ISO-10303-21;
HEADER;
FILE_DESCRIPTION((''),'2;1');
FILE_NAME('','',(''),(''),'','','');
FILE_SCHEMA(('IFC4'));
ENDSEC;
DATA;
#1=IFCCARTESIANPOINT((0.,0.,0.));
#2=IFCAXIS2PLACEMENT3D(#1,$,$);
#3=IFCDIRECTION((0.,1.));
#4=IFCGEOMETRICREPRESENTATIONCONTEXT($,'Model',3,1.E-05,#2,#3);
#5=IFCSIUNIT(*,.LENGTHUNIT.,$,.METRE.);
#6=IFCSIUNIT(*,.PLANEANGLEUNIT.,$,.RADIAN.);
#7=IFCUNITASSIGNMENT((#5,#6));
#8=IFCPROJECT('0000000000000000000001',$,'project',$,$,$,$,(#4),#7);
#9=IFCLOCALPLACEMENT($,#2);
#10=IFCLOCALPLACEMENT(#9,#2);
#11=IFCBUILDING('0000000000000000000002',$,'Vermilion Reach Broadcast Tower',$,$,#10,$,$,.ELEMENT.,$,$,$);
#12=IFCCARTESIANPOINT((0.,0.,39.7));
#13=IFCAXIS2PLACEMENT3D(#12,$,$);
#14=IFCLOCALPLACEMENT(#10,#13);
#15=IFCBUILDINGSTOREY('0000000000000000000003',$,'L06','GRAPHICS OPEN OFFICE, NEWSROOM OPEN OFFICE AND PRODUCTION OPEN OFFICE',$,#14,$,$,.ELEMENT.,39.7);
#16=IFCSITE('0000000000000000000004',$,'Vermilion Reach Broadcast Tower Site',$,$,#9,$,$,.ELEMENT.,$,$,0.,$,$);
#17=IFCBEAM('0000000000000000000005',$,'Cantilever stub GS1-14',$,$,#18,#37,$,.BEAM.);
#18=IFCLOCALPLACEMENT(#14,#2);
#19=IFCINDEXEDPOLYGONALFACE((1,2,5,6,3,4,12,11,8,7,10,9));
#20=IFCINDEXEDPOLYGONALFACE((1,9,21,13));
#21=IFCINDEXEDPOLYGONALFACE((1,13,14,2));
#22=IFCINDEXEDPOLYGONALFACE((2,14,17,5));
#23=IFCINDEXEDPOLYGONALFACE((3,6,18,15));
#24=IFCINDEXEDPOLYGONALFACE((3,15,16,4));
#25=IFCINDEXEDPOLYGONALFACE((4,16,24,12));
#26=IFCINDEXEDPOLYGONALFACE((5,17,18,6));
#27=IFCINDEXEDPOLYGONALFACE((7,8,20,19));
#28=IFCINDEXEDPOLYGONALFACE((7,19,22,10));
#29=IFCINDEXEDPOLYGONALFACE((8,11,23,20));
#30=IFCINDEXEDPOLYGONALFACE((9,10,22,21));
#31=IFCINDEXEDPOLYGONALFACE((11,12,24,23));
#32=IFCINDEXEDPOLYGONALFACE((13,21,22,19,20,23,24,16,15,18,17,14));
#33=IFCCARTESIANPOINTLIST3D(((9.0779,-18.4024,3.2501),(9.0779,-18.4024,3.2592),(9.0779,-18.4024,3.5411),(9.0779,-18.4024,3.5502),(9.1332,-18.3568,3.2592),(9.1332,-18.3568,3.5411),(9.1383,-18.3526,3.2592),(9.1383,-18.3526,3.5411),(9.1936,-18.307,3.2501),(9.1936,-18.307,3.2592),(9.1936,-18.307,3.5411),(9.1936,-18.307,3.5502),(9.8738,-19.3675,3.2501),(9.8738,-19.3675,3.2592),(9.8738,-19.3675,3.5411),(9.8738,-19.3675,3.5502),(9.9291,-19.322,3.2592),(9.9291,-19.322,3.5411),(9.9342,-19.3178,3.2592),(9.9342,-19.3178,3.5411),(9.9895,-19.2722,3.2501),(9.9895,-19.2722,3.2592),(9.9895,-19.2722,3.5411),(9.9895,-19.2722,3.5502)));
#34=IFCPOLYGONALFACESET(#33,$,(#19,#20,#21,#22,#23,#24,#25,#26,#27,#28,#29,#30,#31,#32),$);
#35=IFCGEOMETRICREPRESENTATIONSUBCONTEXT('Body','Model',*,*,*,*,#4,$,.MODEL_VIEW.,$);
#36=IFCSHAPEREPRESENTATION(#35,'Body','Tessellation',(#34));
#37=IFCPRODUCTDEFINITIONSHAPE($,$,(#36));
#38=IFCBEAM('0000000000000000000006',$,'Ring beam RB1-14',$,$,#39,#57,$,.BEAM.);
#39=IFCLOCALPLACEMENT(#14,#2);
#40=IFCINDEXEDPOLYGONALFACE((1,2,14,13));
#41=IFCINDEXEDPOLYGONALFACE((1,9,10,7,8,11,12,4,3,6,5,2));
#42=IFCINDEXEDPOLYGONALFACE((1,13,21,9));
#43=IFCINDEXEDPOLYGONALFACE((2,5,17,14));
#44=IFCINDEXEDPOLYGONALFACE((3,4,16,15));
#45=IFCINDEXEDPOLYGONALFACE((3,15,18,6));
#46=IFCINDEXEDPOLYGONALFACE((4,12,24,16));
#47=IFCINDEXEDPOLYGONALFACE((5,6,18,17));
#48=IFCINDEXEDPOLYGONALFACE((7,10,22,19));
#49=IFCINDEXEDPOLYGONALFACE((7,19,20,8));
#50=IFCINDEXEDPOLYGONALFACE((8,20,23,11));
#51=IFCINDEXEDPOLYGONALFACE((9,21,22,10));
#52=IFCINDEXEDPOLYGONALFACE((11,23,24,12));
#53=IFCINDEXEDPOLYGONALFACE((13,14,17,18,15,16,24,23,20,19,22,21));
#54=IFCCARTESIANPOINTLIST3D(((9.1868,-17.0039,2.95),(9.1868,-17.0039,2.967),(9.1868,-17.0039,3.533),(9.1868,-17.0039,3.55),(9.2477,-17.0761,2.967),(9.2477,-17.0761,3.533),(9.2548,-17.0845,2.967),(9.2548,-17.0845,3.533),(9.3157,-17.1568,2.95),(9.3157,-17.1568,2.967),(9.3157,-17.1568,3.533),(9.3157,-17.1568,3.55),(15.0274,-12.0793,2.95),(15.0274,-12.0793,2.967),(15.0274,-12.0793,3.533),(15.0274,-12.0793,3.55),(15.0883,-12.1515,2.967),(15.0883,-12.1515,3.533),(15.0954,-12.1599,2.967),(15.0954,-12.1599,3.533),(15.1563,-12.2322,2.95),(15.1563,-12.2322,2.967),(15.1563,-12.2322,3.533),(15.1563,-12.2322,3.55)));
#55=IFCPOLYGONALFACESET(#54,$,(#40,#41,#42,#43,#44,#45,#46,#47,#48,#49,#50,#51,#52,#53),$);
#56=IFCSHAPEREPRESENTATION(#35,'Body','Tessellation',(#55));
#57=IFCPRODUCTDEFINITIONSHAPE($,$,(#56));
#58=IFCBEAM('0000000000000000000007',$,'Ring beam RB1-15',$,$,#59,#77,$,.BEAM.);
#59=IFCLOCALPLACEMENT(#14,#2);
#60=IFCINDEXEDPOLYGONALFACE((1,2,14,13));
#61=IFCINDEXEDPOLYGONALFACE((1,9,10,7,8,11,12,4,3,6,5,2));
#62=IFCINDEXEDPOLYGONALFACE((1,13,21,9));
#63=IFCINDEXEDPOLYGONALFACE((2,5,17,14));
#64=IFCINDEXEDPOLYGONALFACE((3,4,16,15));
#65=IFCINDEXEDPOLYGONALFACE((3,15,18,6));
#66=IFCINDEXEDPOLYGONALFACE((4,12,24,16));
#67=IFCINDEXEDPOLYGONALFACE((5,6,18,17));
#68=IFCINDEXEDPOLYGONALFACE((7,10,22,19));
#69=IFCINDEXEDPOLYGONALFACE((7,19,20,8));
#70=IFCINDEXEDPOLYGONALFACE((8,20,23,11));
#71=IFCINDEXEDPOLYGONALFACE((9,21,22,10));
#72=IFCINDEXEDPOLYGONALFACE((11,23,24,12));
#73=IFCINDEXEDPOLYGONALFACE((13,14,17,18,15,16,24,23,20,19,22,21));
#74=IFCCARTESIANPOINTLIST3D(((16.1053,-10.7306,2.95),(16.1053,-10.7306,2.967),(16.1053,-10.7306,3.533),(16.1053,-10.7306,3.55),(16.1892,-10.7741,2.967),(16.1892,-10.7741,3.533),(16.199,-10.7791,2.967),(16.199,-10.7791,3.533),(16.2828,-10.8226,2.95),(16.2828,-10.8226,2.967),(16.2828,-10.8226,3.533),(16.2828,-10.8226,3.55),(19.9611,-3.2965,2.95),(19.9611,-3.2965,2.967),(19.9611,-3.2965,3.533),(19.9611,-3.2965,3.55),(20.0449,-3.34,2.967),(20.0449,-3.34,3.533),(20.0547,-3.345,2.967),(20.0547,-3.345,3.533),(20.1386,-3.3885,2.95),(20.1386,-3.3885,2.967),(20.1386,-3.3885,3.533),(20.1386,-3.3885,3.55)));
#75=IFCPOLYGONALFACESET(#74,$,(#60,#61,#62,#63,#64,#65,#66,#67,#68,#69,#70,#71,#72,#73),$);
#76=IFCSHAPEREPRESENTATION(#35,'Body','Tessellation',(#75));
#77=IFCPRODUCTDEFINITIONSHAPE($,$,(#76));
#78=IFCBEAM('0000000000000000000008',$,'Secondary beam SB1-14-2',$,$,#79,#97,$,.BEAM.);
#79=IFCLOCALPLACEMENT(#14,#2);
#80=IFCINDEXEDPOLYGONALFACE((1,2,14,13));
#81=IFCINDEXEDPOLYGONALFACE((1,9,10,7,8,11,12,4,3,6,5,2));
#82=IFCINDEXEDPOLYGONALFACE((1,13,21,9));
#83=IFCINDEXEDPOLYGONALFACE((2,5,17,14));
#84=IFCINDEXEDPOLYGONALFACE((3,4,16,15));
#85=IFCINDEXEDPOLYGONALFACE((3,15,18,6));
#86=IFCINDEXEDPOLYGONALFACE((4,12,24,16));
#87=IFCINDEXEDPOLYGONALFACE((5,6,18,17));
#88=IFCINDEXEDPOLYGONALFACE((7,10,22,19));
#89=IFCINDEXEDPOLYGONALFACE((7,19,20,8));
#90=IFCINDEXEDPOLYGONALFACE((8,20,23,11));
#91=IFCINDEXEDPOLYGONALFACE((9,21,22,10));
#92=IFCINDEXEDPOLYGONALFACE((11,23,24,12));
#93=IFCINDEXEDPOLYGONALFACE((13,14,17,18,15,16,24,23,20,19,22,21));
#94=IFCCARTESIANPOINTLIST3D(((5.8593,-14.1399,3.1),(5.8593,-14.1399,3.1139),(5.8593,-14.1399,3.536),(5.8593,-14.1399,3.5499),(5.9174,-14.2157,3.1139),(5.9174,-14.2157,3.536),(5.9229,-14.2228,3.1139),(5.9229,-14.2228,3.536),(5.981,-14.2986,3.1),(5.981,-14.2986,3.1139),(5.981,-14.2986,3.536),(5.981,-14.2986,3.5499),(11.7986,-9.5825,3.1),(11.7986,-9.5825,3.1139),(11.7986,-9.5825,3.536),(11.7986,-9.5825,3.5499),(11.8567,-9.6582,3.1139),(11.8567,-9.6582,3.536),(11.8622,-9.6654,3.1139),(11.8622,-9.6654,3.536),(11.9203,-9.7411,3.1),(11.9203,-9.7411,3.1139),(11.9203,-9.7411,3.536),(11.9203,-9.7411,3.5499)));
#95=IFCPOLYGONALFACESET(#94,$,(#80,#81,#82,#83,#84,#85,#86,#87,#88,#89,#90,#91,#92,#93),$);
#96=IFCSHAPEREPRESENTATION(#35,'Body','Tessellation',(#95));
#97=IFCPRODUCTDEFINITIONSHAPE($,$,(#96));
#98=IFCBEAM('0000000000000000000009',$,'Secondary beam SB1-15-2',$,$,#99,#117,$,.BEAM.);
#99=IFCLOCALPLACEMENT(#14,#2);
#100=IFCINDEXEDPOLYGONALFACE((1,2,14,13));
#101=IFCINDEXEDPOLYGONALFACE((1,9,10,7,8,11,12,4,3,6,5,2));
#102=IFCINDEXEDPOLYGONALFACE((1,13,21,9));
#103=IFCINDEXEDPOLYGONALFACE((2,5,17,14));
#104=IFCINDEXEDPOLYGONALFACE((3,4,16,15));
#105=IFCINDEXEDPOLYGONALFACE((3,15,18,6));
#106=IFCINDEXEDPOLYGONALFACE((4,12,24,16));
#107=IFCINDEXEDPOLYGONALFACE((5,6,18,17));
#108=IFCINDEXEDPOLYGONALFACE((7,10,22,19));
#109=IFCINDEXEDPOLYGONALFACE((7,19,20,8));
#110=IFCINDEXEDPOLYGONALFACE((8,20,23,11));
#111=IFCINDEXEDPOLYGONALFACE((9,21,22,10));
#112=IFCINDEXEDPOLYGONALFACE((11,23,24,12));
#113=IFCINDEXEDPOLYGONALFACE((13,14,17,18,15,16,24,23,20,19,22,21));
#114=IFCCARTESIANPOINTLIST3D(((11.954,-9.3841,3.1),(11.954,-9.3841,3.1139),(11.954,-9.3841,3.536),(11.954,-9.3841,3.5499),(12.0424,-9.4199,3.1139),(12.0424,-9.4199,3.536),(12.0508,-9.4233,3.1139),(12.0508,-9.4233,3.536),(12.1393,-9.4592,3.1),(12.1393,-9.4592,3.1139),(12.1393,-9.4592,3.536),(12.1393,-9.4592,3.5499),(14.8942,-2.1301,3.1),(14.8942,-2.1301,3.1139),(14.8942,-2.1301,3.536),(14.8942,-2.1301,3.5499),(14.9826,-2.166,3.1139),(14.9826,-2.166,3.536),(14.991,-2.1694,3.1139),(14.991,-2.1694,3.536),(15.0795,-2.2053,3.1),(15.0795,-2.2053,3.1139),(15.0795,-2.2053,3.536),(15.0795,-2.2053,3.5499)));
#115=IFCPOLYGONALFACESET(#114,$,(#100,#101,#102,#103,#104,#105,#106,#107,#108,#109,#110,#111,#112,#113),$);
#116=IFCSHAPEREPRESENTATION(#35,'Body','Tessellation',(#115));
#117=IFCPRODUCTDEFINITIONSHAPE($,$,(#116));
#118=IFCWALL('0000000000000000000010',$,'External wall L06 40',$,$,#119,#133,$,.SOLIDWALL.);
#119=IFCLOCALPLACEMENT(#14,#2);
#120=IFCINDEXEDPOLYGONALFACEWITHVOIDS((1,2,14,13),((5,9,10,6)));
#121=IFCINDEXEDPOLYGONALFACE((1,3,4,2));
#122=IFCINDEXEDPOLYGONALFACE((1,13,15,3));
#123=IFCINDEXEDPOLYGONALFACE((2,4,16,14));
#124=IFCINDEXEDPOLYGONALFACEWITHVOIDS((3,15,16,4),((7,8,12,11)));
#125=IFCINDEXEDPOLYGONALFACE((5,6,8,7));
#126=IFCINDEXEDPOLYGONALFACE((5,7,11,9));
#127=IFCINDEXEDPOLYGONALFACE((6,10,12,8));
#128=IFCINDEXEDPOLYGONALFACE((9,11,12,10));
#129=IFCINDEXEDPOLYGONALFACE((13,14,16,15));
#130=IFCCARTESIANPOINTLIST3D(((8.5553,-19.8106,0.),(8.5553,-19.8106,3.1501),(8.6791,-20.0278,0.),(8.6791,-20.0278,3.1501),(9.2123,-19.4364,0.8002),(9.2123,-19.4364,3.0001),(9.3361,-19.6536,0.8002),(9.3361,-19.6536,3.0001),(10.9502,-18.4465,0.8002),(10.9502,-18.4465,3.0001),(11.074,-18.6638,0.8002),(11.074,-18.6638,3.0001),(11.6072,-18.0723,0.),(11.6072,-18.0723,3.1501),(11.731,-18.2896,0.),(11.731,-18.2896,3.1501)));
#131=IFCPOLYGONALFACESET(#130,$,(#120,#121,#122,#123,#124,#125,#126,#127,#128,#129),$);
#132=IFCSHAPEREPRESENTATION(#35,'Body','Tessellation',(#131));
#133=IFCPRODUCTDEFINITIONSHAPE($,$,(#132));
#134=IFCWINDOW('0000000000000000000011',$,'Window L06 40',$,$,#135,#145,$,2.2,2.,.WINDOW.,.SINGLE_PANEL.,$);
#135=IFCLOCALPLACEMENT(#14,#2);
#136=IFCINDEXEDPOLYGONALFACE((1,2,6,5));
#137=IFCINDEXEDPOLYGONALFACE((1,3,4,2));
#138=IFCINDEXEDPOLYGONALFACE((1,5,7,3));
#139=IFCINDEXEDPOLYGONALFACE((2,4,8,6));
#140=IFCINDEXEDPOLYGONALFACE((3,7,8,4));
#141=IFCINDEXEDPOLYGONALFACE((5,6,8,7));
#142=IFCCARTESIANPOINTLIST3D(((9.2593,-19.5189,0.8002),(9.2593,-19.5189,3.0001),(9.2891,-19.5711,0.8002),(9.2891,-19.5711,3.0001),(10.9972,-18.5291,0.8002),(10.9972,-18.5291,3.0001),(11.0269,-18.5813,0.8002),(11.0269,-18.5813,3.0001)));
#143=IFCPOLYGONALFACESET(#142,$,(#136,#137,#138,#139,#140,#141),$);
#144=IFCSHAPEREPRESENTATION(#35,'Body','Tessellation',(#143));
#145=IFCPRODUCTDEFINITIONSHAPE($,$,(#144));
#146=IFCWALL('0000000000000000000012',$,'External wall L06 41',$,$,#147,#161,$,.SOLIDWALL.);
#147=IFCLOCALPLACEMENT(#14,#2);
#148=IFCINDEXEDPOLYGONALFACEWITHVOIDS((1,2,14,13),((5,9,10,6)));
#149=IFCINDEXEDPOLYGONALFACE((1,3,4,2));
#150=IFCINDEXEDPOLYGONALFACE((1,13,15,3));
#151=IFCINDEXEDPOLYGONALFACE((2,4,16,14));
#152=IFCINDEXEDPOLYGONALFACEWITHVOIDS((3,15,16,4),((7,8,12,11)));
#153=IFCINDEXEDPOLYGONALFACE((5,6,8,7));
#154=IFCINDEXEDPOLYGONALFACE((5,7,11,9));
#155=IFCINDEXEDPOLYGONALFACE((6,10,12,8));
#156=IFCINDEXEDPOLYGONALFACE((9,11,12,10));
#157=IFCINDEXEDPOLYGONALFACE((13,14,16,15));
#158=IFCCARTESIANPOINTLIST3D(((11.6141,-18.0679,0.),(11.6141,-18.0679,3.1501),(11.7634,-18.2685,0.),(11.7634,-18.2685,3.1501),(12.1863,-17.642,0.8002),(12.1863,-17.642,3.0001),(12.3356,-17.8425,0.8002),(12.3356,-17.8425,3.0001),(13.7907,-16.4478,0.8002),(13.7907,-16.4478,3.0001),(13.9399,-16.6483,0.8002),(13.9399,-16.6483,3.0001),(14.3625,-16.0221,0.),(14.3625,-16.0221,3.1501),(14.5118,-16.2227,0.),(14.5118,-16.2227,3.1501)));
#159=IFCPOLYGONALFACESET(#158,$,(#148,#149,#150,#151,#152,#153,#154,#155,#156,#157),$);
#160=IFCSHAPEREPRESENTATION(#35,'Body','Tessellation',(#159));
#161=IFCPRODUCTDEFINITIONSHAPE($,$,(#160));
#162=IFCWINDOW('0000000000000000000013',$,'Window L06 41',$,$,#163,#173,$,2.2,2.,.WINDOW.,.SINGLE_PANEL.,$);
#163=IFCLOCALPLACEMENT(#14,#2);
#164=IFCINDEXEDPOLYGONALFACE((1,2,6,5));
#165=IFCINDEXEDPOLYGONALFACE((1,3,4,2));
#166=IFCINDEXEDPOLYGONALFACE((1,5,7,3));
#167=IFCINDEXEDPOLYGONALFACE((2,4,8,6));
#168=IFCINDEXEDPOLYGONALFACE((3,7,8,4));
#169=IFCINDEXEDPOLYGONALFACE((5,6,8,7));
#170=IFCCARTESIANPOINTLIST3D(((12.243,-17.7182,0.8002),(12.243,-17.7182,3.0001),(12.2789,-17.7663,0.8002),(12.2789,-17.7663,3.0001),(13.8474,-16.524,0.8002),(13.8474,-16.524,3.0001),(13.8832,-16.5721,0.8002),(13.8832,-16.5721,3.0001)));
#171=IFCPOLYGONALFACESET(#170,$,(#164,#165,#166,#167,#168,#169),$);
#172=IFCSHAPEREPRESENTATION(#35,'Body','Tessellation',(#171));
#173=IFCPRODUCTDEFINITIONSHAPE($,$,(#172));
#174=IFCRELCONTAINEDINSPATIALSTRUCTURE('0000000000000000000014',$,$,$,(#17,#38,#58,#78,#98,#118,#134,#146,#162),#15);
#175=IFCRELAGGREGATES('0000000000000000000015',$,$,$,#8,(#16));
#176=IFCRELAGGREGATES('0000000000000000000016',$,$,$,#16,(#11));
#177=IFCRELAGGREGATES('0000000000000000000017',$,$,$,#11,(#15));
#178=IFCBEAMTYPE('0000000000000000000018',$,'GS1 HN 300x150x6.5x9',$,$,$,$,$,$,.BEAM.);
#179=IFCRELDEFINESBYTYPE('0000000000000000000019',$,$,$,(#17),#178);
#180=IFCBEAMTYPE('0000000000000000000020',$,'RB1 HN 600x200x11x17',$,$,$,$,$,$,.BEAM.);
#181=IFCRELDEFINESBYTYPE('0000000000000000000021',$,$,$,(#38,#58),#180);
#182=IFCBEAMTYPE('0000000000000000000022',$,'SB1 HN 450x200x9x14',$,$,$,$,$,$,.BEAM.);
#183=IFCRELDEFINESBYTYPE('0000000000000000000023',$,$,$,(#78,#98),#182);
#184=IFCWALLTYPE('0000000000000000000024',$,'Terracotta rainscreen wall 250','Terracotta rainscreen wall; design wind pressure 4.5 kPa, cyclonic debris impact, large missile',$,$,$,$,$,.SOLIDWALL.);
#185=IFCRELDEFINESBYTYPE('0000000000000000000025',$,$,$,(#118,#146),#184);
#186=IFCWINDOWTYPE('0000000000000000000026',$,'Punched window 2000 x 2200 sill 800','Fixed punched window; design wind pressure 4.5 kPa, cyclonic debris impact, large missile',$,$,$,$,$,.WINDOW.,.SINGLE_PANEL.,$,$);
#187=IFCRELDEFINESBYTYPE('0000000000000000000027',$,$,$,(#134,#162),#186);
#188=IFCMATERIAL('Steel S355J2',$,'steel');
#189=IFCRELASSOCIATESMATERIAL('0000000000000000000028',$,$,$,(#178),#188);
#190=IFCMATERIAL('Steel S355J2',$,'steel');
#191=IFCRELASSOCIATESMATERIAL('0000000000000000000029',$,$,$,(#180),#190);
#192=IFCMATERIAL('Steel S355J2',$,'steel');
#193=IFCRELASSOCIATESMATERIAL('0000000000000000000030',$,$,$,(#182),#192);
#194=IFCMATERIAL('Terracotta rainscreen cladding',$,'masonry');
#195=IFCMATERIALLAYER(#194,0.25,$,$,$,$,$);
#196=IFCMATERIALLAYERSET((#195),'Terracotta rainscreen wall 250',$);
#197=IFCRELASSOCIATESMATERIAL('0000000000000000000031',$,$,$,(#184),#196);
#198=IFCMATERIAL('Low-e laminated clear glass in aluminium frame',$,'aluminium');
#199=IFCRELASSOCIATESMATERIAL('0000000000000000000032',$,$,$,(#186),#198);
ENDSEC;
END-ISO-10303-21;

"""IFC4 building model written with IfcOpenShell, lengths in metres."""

from ifc_helpers import new_model, si_unit, direction, frame, frame_2d, origin, origin_2d, place, context, subcontext, project, spatial, rectangle, i_section, extrude, material, layer, layer_set, material_profile, profile_set, type_object, element, fill, save


model = new_model("IFC4")

# Units and contexts
model_context = context("Model", 3, precision=1e-05, world=origin(), true_north=direction((0.0, 1.0)))
body_context = subcontext(model_context, "Body", "Model", "MODEL_VIEW")
ifc_project = project(units=[si_unit("LENGTHUNIT", "METRE"), si_unit("PLANEANGLEUNIT", "RADIAN")], contexts=[model_context])

# Site, building, storey
site_placement = place(None, origin())
site = spatial("IfcSite", under=ifc_project, at=site_placement, Name="Vermilion Reach Broadcast Tower Site", CompositionType="ELEMENT", RefElevation=0.0)
building_placement = place(site_placement, origin())
building = spatial("IfcBuilding", under=site, at=building_placement, Name="Vermilion Reach Broadcast Tower", CompositionType="ELEMENT")
storey_placement = place(building_placement, frame((0.0, 0.0, 39.7)))
storey = spatial("IfcBuildingStorey", under=building, at=storey_placement, Name="L06", Description="GRAPHICS OPEN OFFICE, NEWSROOM OPEN OFFICE AND PRODUCTION OPEN OFFICE", CompositionType="ELEMENT", Elevation=39.7)

# Beams
ifc_material_1 = material(Name="Steel S355J2", Category="steel")
ifc_material_profile_1 = material_profile(ifc_material_1, i_section(OverallWidth=0.1499, OverallDepth=0.3, WebThickness=0.0066, FlangeThickness=0.009, at=origin_2d()), Name="S355J2 HN 300x150x6.5x9")
ifc_profile_set_1 = profile_set([ifc_material_profile_1], Name="Steel S355J2")
beam_type_1 = type_object("IfcBeamType", Name="GS1 HN 300x150x6.5x9", PredefinedType="BEAM", material=ifc_profile_set_1)
beam_1_placement = place(storey_placement, frame((9.1357, -18.3547, 3.4001), z_axis=(0.636241, -0.771491, 0.0), x_axis=(0.771491, 0.636241, 0.0)))
element("IfcBeam", 1, at=beam_1_placement, inside=storey, type_object=beam_type_1, Name="Cantilever stub GS1-14", PredefinedType="BEAM", context=body_context, shape_type="SweptSolid", body=[
    extrude(i_section(OverallWidth=0.1499, OverallDepth=0.3, WebThickness=0.0066, FlangeThickness=0.009, at=origin_2d()), origin(), (0.0, 0.0, 1.0), 1.251),
])
ifc_material_2 = material(Name="Steel S355J2", Category="steel")
ifc_material_profile_2 = material_profile(ifc_material_2, i_section(OverallWidth=0.2, OverallDepth=0.6001, WebThickness=0.011, FlangeThickness=0.0171, at=origin_2d()), Name="S355J2 HN 600x200x11x17")
ifc_profile_set_2 = profile_set([ifc_material_profile_2], Name="Steel S355J2")
beam_type_2 = type_object("IfcBeamType", Name="RB1 HN 600x200x11x17", PredefinedType="BEAM", material=ifc_profile_set_2)
beam_2_placement = place(storey_placement, frame((9.2512, -17.0803, 3.25), z_axis=(0.764512, 0.644609, 0.0), x_axis=(-0.644609, 0.764512, 0.0)))
element("IfcBeam", 2, at=beam_2_placement, inside=storey, type_object=beam_type_2, Name="Ring beam RB1-14", PredefinedType="BEAM", context=body_context, shape_type="SweptSolid", body=[
    extrude(i_section(OverallWidth=0.2, OverallDepth=0.6001, WebThickness=0.011, FlangeThickness=0.0171, at=origin_2d()), origin(), (0.0, 0.0, 1.0), 7.6396),
])
beam_3_placement = place(storey_placement, frame((16.1941, -10.7766, 3.25), z_axis=(0.460412, 0.887706, 0.0), x_axis=(-0.887706, 0.460412, 0.0)))
element("IfcBeam", 3, at=beam_3_placement, inside=storey, type_object=beam_type_2, Name="Ring beam RB1-15", PredefinedType="BEAM", context=body_context, shape_type="SweptSolid", body=[
    extrude(i_section(OverallWidth=0.2, OverallDepth=0.6001, WebThickness=0.011, FlangeThickness=0.0171, at=origin_2d()), origin(), (0.0, 0.0, 1.0), 8.3745),
])
ifc_material_3 = material(Name="Steel S355J2", Category="steel")
ifc_material_profile_3 = material_profile(ifc_material_3, i_section(OverallWidth=0.2, OverallDepth=0.45, WebThickness=0.009, FlangeThickness=0.0139, at=origin_2d()), Name="S355J2 HN 450x200x9x14")
ifc_profile_set_3 = profile_set([ifc_material_profile_3], Name="Steel S355J2")
beam_type_3 = type_object("IfcBeamType", Name="SB1 HN 450x200x9x14", PredefinedType="BEAM", material=ifc_profile_set_3)
beam_4_placement = place(storey_placement, frame((5.9202, -14.2192, 3.325), z_axis=(0.79335, 0.608766, 0.0), x_axis=(-0.608766, 0.79335, 0.0)))
element("IfcBeam", 4, at=beam_4_placement, inside=storey, type_object=beam_type_3, Name="Secondary beam SB1-14-2", PredefinedType="BEAM", context=body_context, shape_type="SweptSolid", body=[
    extrude(i_section(OverallWidth=0.2, OverallDepth=0.45, WebThickness=0.009, FlangeThickness=0.0139, at=origin_2d()), origin(), (0.0, 0.0, 1.0), 7.4863),
])
beam_5_placement = place(storey_placement, frame((12.0466, -9.4216, 3.325), z_axis=(0.375641, 0.926765, 0.0), x_axis=(-0.926765, 0.375641, 0.0)))
element("IfcBeam", 5, at=beam_5_placement, inside=storey, type_object=beam_type_3, Name="Secondary beam SB1-15-2", PredefinedType="BEAM", context=body_context, shape_type="SweptSolid", body=[
    extrude(i_section(OverallWidth=0.2, OverallDepth=0.45, WebThickness=0.009, FlangeThickness=0.0139, at=origin_2d()), origin(), (0.0, 0.0, 1.0), 7.8271),
])

# Shared definitions
ifc_material_4 = material(Name="Terracotta rainscreen cladding", Category="masonry")
ifc_layer_1 = layer(ifc_material_4, 0.25)
ifc_layer_set_1 = layer_set([ifc_layer_1], Name="Terracotta rainscreen wall 250")
wall_type_1 = type_object("IfcWallType", Name="Terracotta rainscreen wall 250", Description="Terracotta rainscreen wall; design wind pressure 4.5 kPa, cyclonic debris impact, large missile", PredefinedType="SOLIDWALL", material=ifc_layer_set_1)

# Walls, openings, windows
wall_1_placement = place(storey_placement, frame((8.6172, -19.9192, 0.0), z_axis=(0.0, 0.0, 1.0), x_axis=(0.868944, 0.494911, 0.0)))
wall_1 = element("IfcWall", 6, at=wall_1_placement, inside=storey, type_object=wall_type_1, Name="External wall L06 40", PredefinedType="SOLIDWALL", context=body_context, shape_type="SweptSolid", body=[
    extrude(rectangle(XDim=3.5122, YDim=0.25, at=frame_2d((1.7561, 0.0))), origin(), (0.0, 0.0, 1.0), 3.1501),
])
opening_1_placement = place(wall_1_placement, frame((0.7561, 0.0, 0.8)))
opening_1 = element("IfcOpeningElement", 7, at=opening_1_placement, cuts=wall_1, PredefinedType="OPENING", context=body_context, shape_type="SweptSolid", body=[
    extrude(rectangle(XDim=2.0, YDim=2.2, at=frame_2d((1.0, 1.1001))), frame((0.0, 0.135, 0.0), z_axis=(0.0, -1.0, 0.0), x_axis=(1.0, 0.0, 0.0)), (0.0, 0.0, 1.0), 0.27),
])
ifc_material_5 = material(Name="Low-e laminated clear glass in aluminium frame", Category="aluminium")
window_type = type_object("IfcWindowType", Name="Punched window 2000 x 2200 sill 800", Description="Fixed punched window; design wind pressure 4.5 kPa, cyclonic debris impact, large missile", PartitioningType="SINGLE_PANEL", PredefinedType="WINDOW", material=ifc_material_5)
window_1_placement = place(opening_1_placement, origin())
window_1 = element("IfcWindow", 8, at=window_1_placement, inside=storey, type_object=window_type, Name="Window L06 40", OverallHeight=2.2, OverallWidth=2.0, PartitioningType="SINGLE_PANEL", PredefinedType="WINDOW", context=body_context, shape_type="SweptSolid", body=[
    extrude(rectangle(XDim=2.0, YDim=2.2, at=frame_2d((1.0, 1.1001))), frame((0.0, 0.03, 0.0), z_axis=(0.0, -1.0, 0.0), x_axis=(1.0, 0.0, 0.0)), (0.0, 0.0, 1.0), 0.0601),
])
fill(opening_1, window_1)
wall_2_placement = place(storey_placement, frame((11.6887, -18.1682, 0.0), z_axis=(0.0, 0.0, 1.0), x_axis=(0.802167, 0.5971, 0.0)))
wall_2 = element("IfcWall", 9, at=wall_2_placement, inside=storey, type_object=wall_type_1, Name="External wall L06 41", PredefinedType="SOLIDWALL", context=body_context, shape_type="SweptSolid", body=[
    extrude(rectangle(XDim=3.4263, YDim=0.25, at=frame_2d((1.7131, 0.0))), origin(), (0.0, 0.0, 1.0), 3.1501),
])
opening_2_placement = place(wall_2_placement, frame((0.7134, 0.0, 0.8)))
opening_2 = element("IfcOpeningElement", 10, at=opening_2_placement, cuts=wall_2, PredefinedType="OPENING", context=body_context, shape_type="SweptSolid", body=[
    extrude(rectangle(XDim=2.0, YDim=2.2, at=frame_2d((1.0, 1.1001))), frame((0.0, 0.135, 0.0), z_axis=(0.0, -1.0, 0.0), x_axis=(1.0, 0.0, 0.0)), (0.0, 0.0, 1.0), 0.27),
])
window_2_placement = place(opening_2_placement, origin())
window_2 = element("IfcWindow", 11, at=window_2_placement, inside=storey, type_object=window_type, Name="Window L06 41", OverallHeight=2.2, OverallWidth=2.0, PartitioningType="SINGLE_PANEL", PredefinedType="WINDOW", context=body_context, shape_type="SweptSolid", body=[
    extrude(rectangle(XDim=2.0, YDim=2.2, at=frame_2d((1.0, 1.1001))), frame((0.0, 0.03, 0.0), z_axis=(0.0, -1.0, 0.0), x_axis=(1.0, 0.0, 0.0)), (0.0, 0.0, 1.0), 0.0601),
])
fill(opening_2, window_2)

save(model, "model.ifc")
